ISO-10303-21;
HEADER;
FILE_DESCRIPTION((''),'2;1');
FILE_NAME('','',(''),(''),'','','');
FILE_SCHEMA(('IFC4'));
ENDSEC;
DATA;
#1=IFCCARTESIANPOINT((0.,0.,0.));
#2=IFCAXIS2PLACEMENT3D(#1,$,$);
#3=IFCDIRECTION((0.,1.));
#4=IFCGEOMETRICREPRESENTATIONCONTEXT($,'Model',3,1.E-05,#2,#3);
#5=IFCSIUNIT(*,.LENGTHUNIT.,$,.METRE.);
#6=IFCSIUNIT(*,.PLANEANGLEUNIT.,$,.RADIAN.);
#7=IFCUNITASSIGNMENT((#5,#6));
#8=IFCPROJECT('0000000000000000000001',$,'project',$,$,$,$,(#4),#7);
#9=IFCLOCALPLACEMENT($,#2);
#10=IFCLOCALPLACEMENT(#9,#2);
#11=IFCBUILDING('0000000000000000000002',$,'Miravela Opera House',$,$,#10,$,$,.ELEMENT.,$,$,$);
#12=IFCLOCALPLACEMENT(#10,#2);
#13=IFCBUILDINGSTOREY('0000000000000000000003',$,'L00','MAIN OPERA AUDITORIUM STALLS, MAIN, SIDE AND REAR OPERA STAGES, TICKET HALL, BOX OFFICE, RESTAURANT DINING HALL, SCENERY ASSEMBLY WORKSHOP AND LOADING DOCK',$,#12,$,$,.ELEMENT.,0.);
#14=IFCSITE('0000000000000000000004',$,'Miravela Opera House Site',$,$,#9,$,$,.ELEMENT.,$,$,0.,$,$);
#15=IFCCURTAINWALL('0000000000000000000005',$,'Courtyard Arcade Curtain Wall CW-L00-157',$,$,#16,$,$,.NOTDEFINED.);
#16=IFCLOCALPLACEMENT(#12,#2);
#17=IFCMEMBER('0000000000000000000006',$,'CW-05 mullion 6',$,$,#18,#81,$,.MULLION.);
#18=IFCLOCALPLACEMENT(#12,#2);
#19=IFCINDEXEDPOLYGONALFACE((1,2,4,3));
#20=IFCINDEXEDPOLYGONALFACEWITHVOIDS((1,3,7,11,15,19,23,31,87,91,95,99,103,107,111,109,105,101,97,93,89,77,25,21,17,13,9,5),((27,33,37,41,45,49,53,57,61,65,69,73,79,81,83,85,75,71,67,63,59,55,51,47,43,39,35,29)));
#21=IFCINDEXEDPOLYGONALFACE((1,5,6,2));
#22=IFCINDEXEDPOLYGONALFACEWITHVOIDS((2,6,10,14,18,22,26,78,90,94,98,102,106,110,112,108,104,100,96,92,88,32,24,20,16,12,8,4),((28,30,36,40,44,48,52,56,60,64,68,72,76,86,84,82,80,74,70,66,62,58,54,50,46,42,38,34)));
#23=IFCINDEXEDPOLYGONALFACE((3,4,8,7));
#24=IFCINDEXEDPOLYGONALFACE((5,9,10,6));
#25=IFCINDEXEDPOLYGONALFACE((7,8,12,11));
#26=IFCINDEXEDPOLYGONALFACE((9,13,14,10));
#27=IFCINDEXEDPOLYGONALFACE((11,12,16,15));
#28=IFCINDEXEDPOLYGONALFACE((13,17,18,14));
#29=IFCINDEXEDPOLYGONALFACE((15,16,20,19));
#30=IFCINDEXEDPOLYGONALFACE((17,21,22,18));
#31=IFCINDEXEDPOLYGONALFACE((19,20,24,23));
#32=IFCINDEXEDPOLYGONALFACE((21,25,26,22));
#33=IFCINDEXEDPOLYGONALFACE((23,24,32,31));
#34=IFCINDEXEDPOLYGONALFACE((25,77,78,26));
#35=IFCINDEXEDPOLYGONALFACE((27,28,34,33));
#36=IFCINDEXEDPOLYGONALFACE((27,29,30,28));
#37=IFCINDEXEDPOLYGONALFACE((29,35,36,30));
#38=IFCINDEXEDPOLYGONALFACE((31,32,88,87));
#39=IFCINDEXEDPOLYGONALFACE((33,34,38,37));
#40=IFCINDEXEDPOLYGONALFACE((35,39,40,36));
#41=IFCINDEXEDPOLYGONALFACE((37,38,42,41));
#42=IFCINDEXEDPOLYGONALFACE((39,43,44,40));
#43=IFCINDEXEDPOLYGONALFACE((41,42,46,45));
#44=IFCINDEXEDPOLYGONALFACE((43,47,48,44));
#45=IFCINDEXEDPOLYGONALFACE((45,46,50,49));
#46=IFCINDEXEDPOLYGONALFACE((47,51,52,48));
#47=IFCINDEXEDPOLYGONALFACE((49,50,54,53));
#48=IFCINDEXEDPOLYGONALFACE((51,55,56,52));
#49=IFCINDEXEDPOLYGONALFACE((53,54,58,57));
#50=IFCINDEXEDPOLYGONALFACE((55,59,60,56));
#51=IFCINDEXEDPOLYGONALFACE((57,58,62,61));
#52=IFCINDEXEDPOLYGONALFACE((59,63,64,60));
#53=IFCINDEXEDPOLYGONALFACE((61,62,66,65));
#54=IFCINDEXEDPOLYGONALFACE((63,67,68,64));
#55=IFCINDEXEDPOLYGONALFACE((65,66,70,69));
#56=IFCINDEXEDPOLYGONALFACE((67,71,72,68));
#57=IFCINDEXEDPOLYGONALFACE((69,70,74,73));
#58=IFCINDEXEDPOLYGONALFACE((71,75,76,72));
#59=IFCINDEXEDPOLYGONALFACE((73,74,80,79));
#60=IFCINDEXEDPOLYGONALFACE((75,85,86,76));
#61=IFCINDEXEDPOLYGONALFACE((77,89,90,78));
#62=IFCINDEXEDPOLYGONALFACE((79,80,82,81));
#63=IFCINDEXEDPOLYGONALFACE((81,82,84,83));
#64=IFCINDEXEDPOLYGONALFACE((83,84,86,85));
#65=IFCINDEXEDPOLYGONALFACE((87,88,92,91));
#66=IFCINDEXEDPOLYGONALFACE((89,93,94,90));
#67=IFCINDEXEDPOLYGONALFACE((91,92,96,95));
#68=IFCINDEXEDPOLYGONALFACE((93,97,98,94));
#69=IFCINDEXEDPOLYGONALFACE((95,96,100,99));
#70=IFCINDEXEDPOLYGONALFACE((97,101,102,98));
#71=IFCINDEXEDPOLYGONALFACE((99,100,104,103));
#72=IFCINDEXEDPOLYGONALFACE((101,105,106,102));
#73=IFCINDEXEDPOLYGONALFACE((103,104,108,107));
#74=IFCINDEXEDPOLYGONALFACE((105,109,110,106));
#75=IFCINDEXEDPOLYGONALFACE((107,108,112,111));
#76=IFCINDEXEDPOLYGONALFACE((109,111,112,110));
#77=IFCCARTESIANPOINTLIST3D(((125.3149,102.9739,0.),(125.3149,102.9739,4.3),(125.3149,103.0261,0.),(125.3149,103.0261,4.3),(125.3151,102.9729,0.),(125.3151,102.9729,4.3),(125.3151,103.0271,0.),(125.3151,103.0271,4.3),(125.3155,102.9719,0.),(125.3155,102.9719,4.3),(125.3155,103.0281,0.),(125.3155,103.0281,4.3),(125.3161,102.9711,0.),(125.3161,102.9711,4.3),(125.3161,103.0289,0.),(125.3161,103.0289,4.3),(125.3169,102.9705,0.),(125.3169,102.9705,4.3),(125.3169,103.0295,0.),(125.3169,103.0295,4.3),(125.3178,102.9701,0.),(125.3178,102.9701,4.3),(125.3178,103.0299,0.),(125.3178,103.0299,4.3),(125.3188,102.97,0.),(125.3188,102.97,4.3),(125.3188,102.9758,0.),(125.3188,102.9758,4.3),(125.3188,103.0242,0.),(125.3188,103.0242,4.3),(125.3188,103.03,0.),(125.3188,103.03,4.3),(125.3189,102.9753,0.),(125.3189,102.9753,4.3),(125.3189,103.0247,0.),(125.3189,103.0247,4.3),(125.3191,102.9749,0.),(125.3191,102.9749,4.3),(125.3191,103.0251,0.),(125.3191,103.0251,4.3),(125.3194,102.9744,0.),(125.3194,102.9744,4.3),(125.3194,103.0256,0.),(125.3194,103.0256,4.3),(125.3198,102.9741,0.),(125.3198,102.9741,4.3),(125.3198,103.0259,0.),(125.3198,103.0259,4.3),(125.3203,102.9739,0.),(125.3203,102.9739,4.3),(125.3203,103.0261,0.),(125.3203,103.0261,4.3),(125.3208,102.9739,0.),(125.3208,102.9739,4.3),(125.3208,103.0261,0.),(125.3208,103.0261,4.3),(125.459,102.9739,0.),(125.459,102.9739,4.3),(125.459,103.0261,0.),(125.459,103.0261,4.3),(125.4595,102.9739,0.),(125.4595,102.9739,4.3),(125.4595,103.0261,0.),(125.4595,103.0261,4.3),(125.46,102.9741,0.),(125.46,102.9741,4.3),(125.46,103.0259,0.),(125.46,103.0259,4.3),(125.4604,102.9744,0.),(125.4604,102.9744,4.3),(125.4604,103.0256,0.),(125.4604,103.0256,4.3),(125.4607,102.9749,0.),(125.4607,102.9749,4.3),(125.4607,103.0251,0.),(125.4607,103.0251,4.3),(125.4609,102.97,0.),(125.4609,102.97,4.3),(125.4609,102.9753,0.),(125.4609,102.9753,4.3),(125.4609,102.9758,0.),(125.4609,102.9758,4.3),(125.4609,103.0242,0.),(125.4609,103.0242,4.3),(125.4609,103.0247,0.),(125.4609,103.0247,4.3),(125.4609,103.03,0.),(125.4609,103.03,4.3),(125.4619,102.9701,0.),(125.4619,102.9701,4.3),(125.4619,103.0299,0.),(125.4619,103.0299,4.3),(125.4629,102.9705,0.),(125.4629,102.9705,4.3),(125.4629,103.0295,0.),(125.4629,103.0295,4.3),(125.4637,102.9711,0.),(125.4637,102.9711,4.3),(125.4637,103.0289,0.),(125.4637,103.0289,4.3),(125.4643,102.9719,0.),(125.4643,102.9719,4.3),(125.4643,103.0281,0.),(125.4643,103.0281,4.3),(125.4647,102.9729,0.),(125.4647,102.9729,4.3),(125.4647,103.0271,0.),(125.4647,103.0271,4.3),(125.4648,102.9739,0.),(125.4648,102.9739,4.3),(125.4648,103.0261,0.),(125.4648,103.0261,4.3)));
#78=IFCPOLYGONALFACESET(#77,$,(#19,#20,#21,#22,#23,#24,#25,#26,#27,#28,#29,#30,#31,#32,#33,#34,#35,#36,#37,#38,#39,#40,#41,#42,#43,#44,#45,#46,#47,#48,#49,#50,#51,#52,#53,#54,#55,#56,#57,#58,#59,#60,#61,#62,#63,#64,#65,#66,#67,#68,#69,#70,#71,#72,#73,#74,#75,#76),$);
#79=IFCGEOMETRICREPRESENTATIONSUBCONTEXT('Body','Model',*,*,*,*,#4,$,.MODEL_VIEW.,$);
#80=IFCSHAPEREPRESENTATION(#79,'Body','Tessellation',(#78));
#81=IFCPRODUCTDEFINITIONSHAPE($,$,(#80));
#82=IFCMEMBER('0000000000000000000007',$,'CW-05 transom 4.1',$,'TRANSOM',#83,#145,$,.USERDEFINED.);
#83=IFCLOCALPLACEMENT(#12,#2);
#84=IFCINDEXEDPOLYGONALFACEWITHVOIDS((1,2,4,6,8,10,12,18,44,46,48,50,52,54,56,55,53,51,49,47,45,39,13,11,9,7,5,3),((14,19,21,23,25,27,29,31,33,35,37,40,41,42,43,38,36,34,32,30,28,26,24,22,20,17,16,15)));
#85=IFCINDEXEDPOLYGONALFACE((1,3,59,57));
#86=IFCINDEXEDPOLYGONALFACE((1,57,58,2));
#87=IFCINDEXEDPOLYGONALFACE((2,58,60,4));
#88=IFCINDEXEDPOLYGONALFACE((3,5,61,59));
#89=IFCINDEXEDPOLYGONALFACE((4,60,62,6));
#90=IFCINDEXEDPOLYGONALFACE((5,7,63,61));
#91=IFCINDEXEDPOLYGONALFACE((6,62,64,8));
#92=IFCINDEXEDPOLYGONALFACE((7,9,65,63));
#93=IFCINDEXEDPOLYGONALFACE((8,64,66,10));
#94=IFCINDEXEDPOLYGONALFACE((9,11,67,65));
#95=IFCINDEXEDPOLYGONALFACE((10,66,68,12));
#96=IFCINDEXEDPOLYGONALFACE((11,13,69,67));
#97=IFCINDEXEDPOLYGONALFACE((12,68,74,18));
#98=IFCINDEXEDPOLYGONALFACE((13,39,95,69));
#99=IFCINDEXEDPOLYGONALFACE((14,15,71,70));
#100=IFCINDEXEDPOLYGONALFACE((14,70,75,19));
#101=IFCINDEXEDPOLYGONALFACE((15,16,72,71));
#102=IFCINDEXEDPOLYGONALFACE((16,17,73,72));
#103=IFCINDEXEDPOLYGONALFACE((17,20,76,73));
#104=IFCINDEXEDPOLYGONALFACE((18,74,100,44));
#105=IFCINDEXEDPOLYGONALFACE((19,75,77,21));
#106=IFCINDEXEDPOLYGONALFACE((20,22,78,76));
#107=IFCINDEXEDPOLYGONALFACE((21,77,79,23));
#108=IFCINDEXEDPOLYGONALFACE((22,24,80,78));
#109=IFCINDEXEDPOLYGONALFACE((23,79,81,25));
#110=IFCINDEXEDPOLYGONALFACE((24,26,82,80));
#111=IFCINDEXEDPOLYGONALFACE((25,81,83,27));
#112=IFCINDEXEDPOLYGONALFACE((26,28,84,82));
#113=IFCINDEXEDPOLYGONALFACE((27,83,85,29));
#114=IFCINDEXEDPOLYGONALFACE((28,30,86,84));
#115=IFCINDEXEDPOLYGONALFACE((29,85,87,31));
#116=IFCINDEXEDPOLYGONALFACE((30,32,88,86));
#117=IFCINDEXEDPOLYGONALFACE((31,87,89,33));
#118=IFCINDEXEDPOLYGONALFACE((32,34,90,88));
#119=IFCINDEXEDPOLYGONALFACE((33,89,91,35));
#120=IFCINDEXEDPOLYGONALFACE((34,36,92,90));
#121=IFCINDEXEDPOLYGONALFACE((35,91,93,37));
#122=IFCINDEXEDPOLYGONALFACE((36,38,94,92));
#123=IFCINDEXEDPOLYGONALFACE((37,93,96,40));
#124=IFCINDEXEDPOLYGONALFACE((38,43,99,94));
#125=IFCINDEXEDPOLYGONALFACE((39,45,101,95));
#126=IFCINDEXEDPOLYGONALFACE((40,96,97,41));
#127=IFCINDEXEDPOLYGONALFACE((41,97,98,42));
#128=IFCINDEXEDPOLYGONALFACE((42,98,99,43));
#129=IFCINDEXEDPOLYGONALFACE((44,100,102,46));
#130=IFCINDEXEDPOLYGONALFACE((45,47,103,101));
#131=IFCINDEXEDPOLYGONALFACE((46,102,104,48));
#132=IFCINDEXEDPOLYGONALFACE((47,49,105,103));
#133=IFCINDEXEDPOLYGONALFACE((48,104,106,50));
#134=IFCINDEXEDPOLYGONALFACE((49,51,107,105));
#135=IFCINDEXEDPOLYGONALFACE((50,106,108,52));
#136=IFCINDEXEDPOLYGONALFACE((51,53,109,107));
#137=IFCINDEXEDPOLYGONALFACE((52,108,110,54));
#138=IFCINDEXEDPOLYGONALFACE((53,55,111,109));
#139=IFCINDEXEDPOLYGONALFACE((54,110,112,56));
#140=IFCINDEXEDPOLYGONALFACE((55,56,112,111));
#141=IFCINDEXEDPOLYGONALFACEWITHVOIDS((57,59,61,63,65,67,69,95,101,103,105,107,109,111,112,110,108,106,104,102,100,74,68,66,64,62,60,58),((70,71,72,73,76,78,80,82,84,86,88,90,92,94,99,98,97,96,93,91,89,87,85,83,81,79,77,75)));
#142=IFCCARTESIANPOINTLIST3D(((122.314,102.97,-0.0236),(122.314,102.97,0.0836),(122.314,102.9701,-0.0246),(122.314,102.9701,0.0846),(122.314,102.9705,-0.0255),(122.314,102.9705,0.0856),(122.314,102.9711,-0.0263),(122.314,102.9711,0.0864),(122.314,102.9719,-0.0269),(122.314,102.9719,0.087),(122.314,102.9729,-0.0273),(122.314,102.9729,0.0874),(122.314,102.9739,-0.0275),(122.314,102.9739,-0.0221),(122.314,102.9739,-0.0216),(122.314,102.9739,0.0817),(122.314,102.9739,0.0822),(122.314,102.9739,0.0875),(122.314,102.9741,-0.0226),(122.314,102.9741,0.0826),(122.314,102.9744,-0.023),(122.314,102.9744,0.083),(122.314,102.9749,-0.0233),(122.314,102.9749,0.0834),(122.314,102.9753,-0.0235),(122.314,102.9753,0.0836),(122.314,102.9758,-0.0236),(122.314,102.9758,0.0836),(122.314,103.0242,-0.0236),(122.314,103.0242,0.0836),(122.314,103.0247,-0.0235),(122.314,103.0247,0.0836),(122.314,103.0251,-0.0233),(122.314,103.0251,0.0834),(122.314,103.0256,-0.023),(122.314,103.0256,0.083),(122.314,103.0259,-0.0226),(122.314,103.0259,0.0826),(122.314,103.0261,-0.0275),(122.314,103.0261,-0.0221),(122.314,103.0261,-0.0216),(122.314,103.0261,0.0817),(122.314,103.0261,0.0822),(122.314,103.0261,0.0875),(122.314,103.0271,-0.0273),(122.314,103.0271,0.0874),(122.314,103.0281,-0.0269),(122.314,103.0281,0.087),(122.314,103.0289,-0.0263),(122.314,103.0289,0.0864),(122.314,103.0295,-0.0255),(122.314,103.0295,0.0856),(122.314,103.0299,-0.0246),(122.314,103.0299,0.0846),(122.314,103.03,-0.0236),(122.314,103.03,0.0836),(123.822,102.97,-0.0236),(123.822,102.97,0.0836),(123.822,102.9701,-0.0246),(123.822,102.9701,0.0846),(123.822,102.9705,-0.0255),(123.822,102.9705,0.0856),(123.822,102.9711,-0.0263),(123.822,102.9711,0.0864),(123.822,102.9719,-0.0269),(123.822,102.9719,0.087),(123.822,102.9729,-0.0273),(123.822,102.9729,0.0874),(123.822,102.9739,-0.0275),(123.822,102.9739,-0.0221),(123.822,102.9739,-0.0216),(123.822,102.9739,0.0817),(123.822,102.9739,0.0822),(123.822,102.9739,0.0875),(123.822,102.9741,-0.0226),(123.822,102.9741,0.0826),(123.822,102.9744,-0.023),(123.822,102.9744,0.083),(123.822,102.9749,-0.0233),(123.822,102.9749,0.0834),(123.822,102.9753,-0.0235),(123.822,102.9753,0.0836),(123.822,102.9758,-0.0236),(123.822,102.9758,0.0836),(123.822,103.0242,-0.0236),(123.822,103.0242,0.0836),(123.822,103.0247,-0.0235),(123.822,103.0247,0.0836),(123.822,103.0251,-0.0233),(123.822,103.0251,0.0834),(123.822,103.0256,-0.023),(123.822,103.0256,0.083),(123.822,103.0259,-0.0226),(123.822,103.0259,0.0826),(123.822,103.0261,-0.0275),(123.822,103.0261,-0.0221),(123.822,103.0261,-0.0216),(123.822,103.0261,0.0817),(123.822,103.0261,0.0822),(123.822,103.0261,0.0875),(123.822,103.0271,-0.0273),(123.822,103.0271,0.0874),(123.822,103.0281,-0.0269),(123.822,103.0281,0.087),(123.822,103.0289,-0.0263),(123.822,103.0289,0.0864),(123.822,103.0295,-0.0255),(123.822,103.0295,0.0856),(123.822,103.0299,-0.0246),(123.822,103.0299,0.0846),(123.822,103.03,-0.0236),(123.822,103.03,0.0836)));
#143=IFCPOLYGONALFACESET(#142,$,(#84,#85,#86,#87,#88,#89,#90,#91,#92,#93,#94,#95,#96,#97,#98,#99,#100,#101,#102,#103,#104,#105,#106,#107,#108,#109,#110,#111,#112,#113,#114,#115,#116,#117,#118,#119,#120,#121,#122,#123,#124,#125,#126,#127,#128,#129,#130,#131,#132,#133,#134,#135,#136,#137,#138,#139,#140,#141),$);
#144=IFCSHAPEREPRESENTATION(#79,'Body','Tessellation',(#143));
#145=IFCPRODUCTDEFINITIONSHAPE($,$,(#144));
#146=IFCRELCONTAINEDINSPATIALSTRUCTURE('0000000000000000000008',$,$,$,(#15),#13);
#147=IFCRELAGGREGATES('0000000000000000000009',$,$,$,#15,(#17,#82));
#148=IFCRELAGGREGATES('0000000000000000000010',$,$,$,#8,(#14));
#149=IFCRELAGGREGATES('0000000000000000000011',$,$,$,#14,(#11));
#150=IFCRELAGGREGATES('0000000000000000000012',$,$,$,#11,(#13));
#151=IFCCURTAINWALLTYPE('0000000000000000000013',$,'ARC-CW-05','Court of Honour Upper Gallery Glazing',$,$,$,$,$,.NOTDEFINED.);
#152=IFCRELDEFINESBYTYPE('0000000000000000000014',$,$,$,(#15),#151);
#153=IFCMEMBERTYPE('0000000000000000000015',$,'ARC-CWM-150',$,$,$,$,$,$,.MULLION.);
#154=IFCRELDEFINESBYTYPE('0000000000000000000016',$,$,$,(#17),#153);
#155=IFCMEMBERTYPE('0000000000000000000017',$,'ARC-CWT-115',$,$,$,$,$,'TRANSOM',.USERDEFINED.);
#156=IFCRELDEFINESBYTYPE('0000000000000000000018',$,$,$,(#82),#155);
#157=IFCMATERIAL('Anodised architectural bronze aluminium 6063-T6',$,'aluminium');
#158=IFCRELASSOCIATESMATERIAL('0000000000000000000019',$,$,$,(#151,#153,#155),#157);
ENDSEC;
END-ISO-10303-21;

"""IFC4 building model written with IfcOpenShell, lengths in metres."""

from ifc_helpers import new_model, si_unit, direction, frame, origin, origin_2d, place, context, subcontext, project, spatial, hollow_rectangle, extrude, material, material_profile, profile_set, type_object, element, aggregate, save


model = new_model("IFC4")

# Units and contexts
model_context = context("Model", 3, precision=1e-05, world=origin(), true_north=direction((0.0, 1.0)))
body_context = subcontext(model_context, "Body", "Model", "MODEL_VIEW")
ifc_project = project(units=[si_unit("LENGTHUNIT", "METRE"), si_unit("PLANEANGLEUNIT", "RADIAN")], contexts=[model_context])

# Site, building, storey
site_placement = place(None, origin())
site = spatial("IfcSite", under=ifc_project, at=site_placement, Name="Miravela Opera House Site", CompositionType="ELEMENT", RefElevation=0.0)
building_placement = place(site_placement, origin())
building = spatial("IfcBuilding", under=site, at=building_placement, Name="Miravela Opera House", CompositionType="ELEMENT")
storey_placement = place(building_placement, origin())
storey = spatial("IfcBuildingStorey", under=building, at=storey_placement, Name="L00", Description="MAIN OPERA AUDITORIUM STALLS, MAIN, SIDE AND REAR OPERA STAGES, TICKET HALL, BOX OFFICE, RESTAURANT DINING HALL, SCENERY ASSEMBLY WORKSHOP AND LOADING DOCK", CompositionType="ELEMENT", Elevation=0.0)

# Curtain wall, members
ifc_material_1 = material(Name="Anodised architectural bronze aluminium 6063-T6", Category="aluminium")
curtain_wall_type = type_object("IfcCurtainWallType", Name="ARC-CW-05", Description="Court of Honour Upper Gallery Glazing", PredefinedType="NOTDEFINED", material=ifc_material_1)
curtain_wall_placement = place(storey_placement, origin())
curtain_wall = element("IfcCurtainWall", 1, at=curtain_wall_placement, inside=storey, type_object=curtain_wall_type, Name="Courtyard Arcade Curtain Wall CW-L00-157", PredefinedType="NOTDEFINED")
ifc_material_profile_1 = material_profile(ifc_material_1, hollow_rectangle(XDim=0.0601, YDim=0.1499, WallThickness=0.0039, InnerFilletRadius=0.002, OuterFilletRadius=0.0039, at=origin_2d()), Name="CWM-60X150")
ifc_profile_set_1 = profile_set([ifc_material_profile_1])
member_type_1 = type_object("IfcMemberType", Name="ARC-CWM-150", PredefinedType="MULLION", material=ifc_profile_set_1)
member_1_placement = place(storey_placement, frame((125.3899, 103.0, 0.0), z_axis=(0.0, 0.0, 1.0), x_axis=(0.0, 1.0, 0.0)))
member_1 = element("IfcMember", 2, at=member_1_placement, type_object=member_type_1, Name="CW-05 mullion 6", PredefinedType="MULLION", context=body_context, shape_type="SweptSolid", body=[
    extrude(hollow_rectangle(XDim=0.0601, YDim=0.1499, WallThickness=0.0039, InnerFilletRadius=0.002, OuterFilletRadius=0.0039, at=origin_2d()), origin(), (0.0, 0.0, 1.0), 4.3),
])
ifc_material_profile_2 = material_profile(ifc_material_1, hollow_rectangle(XDim=0.0601, YDim=0.115, WallThickness=0.0039, InnerFilletRadius=0.002, OuterFilletRadius=0.0039, at=origin_2d()), Name="CWT-60X115")
ifc_profile_set_2 = profile_set([ifc_material_profile_2])
member_type_2 = type_object("IfcMemberType", Name="ARC-CWT-115", ElementType="TRANSOM", PredefinedType="USERDEFINED", material=ifc_profile_set_2)
member_2_placement = place(storey_placement, frame((122.314, 103.0, 0.03), z_axis=(1.0, 0.0, 0.0), x_axis=(0.0, 1.0, 0.0)))
member_2 = element("IfcMember", 3, at=member_2_placement, type_object=member_type_2, Name="CW-05 transom 4.1", ObjectType="TRANSOM", PredefinedType="USERDEFINED", context=body_context, shape_type="SweptSolid", body=[
    extrude(hollow_rectangle(XDim=0.0601, YDim=0.115, WallThickness=0.0039, InnerFilletRadius=0.002, OuterFilletRadius=0.0039, at=origin_2d()), origin(), (0.0, 0.0, 1.0), 1.5081),
])
aggregate(curtain_wall, [member_1, member_2])

save(model, "model.ifc")
